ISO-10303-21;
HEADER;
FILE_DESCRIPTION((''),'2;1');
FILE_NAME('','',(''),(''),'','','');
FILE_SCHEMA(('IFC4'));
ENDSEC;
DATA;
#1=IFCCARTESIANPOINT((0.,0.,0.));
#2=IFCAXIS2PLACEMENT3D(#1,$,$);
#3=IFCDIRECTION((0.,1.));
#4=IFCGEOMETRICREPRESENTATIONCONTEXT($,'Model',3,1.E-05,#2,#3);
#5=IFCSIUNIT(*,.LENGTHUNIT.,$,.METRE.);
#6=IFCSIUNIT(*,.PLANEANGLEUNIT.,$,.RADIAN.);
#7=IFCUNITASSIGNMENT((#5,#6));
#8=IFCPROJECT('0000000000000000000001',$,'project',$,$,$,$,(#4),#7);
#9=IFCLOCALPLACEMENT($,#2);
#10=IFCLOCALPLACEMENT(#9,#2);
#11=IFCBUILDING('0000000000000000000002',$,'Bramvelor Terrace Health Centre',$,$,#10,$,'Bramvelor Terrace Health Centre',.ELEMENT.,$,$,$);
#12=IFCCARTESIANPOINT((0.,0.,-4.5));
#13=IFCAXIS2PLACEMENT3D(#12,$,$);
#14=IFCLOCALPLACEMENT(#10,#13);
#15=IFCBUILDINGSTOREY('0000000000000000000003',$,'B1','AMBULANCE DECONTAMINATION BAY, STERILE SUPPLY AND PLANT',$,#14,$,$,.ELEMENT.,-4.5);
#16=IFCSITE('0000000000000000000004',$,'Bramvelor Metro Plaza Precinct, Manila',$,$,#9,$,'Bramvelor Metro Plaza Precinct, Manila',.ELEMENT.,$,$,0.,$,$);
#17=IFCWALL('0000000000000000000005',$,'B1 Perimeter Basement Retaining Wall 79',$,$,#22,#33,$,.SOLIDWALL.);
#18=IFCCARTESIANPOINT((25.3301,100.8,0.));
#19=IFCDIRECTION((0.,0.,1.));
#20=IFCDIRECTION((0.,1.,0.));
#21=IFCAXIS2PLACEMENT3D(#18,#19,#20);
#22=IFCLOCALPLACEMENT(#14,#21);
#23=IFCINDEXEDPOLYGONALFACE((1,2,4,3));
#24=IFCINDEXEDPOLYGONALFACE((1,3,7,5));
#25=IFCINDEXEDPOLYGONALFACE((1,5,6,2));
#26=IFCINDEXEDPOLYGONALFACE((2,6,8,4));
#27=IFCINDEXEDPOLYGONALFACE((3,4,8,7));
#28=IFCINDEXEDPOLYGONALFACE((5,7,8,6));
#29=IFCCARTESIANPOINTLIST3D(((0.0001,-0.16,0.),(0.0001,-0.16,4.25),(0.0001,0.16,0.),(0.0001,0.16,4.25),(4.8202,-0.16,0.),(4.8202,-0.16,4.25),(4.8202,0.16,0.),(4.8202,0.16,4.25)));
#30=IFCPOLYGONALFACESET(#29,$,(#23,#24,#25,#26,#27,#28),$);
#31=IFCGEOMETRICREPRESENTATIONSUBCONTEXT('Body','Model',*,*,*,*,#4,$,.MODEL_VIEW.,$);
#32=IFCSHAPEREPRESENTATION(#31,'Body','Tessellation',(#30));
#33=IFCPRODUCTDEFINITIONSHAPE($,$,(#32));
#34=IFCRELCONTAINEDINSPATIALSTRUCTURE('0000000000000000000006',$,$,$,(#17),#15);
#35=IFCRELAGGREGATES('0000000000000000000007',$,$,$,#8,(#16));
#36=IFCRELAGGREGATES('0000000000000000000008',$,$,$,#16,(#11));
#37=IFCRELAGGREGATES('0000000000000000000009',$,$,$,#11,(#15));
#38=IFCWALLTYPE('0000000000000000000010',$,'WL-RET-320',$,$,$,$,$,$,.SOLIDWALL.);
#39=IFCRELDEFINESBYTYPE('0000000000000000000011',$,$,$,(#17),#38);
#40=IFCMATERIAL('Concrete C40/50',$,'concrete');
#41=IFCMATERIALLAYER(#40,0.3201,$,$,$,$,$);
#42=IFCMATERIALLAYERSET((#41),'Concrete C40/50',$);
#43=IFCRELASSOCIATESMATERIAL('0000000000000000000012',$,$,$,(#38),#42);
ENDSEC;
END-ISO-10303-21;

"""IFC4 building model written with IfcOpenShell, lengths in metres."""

from ifc_helpers import new_model, si_unit, direction, frame, frame_2d, origin, place, context, subcontext, project, spatial, rectangle, extrude, material, layer, layer_set, type_object, element, save


model = new_model("IFC4")

# Units and contexts
model_context = context("Model", 3, precision=1e-05, world=origin(), true_north=direction((0.0, 1.0)))
body_context = subcontext(model_context, "Body", "Model", "MODEL_VIEW")
ifc_project = project(units=[si_unit("LENGTHUNIT", "METRE"), si_unit("PLANEANGLEUNIT", "RADIAN")], contexts=[model_context])

# Site, building, storey
site_placement = place(None, origin())
site = spatial("IfcSite", under=ifc_project, at=site_placement, Name="Bramvelor Metro Plaza Precinct, Manila", LongName="Bramvelor Metro Plaza Precinct, Manila", CompositionType="ELEMENT", RefElevation=0.0)
building_placement = place(site_placement, origin())
building = spatial("IfcBuilding", under=site, at=building_placement, Name="Bramvelor Terrace Health Centre", LongName="Bramvelor Terrace Health Centre", CompositionType="ELEMENT")
storey_placement = place(building_placement, frame((0.0, 0.0, -4.5)))
storey = spatial("IfcBuildingStorey", under=building, at=storey_placement, Name="B1", Description="AMBULANCE DECONTAMINATION BAY, STERILE SUPPLY AND PLANT", CompositionType="ELEMENT", Elevation=-4.5)

# Wall
ifc_material_1 = material(Name="Concrete C40/50", Category="concrete")
ifc_layer_1 = layer(ifc_material_1, 0.3201)
ifc_layer_set_1 = layer_set([ifc_layer_1], Name="Concrete C40/50")
wall_type_1 = type_object("IfcWallType", Name="WL-RET-320", PredefinedType="SOLIDWALL", material=ifc_layer_set_1)
wall_1_placement = place(storey_placement, frame((25.3301, 100.8, 0.0), z_axis=(0.0, 0.0, 1.0), x_axis=(0.0, 1.0, 0.0)))
element("IfcWall", 1, at=wall_1_placement, inside=storey, type_object=wall_type_1, Name="B1 Perimeter Basement Retaining Wall 79", PredefinedType="SOLIDWALL", context=body_context, shape_type="SweptSolid", body=[
    extrude(rectangle(XDim=4.8201, YDim=0.3201, at=frame_2d((2.4102, 0.0))), origin(), (0.0, 0.0, 1.0), 4.25),
])

save(model, "model.ifc")
